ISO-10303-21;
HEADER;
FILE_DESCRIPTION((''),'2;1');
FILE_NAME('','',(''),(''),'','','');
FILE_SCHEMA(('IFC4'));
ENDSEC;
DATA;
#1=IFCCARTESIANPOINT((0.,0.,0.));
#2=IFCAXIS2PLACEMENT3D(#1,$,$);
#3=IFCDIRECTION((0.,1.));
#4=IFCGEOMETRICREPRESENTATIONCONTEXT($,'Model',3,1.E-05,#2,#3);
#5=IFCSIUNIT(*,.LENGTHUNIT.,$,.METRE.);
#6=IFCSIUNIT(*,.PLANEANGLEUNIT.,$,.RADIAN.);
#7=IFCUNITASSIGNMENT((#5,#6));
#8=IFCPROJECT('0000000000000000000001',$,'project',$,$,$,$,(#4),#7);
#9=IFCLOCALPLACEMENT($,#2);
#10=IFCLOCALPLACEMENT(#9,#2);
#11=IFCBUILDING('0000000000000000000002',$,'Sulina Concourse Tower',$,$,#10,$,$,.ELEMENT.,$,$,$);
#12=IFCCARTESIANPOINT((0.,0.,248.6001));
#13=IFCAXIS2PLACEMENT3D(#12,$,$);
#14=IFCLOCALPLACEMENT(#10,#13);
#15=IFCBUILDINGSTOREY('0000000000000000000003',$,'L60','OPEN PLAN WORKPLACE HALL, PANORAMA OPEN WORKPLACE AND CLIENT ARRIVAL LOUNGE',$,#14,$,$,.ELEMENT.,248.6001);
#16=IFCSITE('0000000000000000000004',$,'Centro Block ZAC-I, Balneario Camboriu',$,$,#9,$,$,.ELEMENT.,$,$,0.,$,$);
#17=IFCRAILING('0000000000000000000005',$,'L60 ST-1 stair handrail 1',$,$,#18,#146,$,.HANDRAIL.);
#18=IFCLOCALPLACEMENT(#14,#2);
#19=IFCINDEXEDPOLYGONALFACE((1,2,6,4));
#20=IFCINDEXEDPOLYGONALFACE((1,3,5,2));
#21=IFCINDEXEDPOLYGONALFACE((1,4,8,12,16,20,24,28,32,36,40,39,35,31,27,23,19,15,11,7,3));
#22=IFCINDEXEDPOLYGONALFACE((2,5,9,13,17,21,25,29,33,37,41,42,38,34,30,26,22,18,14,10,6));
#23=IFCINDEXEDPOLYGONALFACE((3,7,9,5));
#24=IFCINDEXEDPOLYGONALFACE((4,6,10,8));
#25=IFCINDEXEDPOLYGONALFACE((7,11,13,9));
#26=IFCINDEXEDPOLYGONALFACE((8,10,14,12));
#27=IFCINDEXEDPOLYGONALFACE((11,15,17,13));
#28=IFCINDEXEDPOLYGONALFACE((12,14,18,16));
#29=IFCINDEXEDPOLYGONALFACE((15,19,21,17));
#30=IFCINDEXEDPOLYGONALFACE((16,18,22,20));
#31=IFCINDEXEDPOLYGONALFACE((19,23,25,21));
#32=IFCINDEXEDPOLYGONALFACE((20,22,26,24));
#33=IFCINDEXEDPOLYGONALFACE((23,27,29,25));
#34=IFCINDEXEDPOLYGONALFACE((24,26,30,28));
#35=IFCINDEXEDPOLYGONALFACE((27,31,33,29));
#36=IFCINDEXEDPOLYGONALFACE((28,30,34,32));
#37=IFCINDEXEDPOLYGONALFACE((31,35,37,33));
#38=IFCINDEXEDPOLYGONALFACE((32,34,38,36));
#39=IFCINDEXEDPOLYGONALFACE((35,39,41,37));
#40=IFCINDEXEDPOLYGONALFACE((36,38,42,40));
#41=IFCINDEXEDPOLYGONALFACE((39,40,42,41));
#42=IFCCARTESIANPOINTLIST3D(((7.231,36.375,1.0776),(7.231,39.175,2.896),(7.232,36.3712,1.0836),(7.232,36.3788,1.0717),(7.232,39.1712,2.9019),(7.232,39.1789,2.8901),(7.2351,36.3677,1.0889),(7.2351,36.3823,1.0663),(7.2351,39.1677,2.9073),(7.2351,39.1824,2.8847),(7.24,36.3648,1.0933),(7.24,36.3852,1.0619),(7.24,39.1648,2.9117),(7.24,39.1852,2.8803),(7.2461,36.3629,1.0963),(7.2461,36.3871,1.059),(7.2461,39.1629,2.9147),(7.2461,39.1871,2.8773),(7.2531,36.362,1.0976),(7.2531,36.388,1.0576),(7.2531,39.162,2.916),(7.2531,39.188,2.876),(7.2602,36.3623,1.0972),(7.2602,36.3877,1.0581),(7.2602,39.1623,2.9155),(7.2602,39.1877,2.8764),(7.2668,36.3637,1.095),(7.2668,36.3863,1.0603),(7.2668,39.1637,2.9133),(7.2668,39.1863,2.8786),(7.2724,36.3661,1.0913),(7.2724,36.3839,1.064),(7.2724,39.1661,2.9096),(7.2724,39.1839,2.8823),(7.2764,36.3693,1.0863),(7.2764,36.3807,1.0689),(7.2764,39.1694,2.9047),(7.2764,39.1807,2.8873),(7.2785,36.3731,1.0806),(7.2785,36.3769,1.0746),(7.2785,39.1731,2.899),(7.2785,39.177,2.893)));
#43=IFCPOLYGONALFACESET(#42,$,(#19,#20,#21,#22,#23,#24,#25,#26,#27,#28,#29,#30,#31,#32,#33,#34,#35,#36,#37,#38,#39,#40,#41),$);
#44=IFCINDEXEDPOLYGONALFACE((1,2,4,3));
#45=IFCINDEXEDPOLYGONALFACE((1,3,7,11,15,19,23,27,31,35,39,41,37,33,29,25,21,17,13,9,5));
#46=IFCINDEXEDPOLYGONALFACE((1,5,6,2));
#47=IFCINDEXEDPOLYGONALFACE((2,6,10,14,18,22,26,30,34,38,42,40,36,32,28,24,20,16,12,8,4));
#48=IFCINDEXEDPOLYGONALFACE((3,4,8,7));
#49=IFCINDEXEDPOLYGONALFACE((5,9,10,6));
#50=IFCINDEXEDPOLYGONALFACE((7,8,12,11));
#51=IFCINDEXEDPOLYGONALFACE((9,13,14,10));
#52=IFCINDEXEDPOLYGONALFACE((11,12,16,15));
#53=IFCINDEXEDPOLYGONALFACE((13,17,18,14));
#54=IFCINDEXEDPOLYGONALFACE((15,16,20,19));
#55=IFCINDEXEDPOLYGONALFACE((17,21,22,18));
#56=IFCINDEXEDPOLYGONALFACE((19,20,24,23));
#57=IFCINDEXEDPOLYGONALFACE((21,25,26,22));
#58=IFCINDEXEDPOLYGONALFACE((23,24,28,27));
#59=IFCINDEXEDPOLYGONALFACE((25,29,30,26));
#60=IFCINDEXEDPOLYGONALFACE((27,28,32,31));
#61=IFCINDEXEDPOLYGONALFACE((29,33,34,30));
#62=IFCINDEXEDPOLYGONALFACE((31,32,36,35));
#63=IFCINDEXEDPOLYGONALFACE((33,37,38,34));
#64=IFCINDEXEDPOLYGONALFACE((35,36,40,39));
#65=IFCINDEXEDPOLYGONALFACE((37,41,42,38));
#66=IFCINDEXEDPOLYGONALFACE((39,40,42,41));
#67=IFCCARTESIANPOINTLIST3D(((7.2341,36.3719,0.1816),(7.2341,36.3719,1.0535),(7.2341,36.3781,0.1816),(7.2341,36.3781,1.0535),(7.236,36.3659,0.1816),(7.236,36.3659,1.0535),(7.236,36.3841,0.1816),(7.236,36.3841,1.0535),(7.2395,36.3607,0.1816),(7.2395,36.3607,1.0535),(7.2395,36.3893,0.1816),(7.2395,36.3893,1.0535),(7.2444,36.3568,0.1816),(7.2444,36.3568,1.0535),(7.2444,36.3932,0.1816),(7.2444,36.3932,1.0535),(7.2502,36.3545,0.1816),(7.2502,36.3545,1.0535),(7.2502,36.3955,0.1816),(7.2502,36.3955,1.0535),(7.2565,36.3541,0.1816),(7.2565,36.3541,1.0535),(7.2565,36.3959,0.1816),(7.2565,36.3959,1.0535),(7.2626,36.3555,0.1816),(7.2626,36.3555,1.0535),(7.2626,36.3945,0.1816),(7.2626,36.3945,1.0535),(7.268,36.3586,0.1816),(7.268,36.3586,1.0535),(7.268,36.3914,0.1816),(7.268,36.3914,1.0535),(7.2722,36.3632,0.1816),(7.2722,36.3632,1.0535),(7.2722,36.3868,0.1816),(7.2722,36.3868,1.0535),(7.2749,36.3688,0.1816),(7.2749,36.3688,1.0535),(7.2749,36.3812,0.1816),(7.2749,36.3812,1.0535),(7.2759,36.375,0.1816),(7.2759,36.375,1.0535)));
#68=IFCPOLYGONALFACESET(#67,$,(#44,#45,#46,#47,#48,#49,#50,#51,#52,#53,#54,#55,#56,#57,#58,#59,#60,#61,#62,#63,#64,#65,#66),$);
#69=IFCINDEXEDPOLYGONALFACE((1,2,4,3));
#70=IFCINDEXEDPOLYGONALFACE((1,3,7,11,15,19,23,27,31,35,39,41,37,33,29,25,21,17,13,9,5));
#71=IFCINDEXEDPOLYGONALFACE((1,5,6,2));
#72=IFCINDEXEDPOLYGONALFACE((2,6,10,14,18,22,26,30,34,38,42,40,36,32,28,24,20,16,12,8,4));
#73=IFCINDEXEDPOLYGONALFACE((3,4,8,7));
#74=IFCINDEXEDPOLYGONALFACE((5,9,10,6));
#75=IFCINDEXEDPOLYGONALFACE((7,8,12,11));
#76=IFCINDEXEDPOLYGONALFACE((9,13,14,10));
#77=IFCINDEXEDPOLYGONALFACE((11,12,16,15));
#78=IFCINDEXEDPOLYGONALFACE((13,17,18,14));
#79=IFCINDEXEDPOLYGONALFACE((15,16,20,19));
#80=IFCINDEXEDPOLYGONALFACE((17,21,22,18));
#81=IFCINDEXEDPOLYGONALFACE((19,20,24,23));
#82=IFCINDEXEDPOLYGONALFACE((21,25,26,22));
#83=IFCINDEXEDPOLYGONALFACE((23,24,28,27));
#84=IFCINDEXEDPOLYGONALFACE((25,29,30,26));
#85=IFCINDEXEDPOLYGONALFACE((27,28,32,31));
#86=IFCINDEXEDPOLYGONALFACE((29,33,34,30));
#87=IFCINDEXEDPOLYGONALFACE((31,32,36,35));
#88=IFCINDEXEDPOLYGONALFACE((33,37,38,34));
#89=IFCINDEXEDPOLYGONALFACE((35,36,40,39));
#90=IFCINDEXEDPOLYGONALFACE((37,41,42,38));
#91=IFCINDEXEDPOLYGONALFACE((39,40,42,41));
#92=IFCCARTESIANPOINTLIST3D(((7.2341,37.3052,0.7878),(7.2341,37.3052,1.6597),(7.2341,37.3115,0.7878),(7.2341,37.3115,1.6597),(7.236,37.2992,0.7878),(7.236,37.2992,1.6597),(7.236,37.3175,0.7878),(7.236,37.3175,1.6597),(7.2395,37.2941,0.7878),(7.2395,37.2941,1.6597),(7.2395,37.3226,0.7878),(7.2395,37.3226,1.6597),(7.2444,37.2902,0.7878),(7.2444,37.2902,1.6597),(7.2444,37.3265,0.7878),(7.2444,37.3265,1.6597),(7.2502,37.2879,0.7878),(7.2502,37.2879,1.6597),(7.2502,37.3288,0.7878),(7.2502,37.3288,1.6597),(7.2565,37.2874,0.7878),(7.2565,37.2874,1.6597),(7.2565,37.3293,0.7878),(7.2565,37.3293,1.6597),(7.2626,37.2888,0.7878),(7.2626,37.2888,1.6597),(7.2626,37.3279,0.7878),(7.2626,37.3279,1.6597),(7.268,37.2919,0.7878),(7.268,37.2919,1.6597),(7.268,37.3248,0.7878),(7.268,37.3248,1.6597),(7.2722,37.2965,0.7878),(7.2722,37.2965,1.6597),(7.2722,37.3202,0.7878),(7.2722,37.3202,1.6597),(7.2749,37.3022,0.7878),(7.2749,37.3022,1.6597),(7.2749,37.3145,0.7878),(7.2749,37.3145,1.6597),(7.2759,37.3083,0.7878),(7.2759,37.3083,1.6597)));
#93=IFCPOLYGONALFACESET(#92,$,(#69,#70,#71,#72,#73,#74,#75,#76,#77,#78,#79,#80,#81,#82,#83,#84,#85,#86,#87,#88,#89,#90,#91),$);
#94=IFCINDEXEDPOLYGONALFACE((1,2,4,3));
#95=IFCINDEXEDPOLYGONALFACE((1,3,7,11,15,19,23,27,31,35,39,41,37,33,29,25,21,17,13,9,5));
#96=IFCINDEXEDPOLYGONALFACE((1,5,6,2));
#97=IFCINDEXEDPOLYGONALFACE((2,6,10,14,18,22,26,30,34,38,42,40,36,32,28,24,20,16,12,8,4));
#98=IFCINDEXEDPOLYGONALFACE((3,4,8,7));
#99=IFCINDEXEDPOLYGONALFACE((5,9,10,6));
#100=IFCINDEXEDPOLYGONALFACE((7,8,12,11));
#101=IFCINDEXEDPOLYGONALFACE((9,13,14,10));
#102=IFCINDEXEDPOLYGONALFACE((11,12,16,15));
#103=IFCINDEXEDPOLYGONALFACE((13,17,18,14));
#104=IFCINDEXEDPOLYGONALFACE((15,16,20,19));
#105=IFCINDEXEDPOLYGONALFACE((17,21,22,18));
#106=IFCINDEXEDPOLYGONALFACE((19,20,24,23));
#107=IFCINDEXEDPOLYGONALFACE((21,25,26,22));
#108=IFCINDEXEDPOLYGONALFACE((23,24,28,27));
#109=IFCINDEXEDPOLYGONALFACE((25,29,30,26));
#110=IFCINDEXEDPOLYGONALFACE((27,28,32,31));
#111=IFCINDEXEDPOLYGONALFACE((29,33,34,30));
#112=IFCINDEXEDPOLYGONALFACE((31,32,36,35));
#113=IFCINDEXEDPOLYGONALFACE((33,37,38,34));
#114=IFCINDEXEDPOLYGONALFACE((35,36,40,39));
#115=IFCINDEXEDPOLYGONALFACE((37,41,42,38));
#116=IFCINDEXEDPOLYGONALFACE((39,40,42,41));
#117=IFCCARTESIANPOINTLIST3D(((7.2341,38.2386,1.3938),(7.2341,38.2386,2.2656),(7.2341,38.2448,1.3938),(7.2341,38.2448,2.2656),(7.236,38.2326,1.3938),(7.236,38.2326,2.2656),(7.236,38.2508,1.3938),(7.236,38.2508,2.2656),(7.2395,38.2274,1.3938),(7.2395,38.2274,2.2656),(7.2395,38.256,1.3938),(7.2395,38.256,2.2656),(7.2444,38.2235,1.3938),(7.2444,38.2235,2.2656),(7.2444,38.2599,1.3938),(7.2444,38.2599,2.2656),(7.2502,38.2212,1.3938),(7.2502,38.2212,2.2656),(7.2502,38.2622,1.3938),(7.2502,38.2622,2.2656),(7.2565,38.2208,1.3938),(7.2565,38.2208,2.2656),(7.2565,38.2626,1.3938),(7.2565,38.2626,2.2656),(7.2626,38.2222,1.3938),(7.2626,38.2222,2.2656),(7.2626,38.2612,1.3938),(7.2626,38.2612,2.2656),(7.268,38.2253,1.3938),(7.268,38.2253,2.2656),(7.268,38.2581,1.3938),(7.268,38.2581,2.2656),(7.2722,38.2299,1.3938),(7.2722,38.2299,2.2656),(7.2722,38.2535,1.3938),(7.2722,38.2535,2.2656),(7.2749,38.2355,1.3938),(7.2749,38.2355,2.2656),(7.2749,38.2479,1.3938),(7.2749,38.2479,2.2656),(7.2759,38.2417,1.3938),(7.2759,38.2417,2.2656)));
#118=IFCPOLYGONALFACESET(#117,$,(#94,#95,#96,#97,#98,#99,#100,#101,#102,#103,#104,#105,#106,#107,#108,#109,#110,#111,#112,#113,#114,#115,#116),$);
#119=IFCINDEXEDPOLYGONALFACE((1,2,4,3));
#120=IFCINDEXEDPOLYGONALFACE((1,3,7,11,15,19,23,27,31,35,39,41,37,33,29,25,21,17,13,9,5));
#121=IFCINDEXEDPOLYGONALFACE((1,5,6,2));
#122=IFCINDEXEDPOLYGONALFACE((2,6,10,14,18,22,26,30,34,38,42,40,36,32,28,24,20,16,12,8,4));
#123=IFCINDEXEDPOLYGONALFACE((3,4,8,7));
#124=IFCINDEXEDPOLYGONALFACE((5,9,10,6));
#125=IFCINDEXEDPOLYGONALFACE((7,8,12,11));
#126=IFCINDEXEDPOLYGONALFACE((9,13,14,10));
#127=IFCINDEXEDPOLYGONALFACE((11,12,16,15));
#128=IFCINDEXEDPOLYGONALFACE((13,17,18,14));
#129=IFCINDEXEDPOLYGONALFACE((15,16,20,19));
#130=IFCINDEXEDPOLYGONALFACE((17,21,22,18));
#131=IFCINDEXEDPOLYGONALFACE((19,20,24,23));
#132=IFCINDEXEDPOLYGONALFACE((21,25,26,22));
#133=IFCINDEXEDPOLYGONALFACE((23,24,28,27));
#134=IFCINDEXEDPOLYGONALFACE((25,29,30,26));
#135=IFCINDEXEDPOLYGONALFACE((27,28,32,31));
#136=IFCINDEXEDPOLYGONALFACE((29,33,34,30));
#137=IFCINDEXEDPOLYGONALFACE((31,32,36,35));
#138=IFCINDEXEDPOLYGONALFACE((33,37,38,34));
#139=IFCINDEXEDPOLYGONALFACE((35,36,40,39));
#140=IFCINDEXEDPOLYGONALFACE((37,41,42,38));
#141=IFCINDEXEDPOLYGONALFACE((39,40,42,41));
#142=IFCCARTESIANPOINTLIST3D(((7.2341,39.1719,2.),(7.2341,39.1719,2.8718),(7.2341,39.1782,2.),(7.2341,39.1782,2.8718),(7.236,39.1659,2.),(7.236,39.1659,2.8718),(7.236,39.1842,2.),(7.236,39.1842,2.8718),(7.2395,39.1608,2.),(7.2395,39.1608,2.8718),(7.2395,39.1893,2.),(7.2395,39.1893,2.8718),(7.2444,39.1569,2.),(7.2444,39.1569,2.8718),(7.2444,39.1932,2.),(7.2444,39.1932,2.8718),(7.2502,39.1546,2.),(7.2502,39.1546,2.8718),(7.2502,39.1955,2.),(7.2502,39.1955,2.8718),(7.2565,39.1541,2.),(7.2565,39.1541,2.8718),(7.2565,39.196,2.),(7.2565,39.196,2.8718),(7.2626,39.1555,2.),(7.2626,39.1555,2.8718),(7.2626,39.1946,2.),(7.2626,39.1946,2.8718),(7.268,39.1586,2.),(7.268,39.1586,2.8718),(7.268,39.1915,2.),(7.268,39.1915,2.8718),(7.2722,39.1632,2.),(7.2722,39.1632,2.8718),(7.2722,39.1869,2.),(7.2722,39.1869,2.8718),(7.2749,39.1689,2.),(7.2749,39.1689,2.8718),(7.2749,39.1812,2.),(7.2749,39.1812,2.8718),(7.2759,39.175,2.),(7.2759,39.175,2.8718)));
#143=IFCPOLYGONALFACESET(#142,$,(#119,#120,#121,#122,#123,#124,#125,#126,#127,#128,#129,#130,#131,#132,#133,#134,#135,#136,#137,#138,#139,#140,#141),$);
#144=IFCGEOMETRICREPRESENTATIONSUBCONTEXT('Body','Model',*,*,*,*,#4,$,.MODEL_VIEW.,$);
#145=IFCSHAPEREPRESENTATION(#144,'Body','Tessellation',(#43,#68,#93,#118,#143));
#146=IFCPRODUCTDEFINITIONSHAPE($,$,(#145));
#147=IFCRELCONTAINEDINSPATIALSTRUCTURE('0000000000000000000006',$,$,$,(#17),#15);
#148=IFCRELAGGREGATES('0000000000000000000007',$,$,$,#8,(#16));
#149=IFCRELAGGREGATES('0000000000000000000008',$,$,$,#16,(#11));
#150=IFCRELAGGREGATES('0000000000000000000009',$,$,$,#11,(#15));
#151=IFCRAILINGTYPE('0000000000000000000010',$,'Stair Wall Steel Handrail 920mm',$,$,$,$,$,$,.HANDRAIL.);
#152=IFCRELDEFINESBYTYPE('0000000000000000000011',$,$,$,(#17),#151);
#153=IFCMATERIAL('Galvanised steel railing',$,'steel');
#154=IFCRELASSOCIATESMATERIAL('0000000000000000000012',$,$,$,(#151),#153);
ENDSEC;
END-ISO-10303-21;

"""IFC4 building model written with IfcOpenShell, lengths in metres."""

from ifc_helpers import new_model, si_unit, direction, frame, origin, origin_2d, place, context, subcontext, project, spatial, circle, extrude, material, type_object, element, save


model = new_model("IFC4")

# Units and contexts
model_context = context("Model", 3, precision=1e-05, world=origin(), true_north=direction((0.0, 1.0)))
body_context = subcontext(model_context, "Body", "Model", "MODEL_VIEW")
ifc_project = project(units=[si_unit("LENGTHUNIT", "METRE"), si_unit("PLANEANGLEUNIT", "RADIAN")], contexts=[model_context])

# Site, building, storey
site_placement = place(None, origin())
site = spatial("IfcSite", under=ifc_project, at=site_placement, Name="Centro Block ZAC-I, Balneario Camboriu", CompositionType="ELEMENT", RefElevation=0.0)
building_placement = place(site_placement, origin())
building = spatial("IfcBuilding", under=site, at=building_placement, Name="Sulina Concourse Tower", CompositionType="ELEMENT")
storey_placement = place(building_placement, frame((0.0, 0.0, 248.6001)))
storey = spatial("IfcBuildingStorey", under=building, at=storey_placement, Name="L60", Description="OPEN PLAN WORKPLACE HALL, PANORAMA OPEN WORKPLACE AND CLIENT ARRIVAL LOUNGE", CompositionType="ELEMENT", Elevation=248.6001)

# Railing
ifc_material_1 = material(Name="Galvanised steel railing", Category="steel")
railing_type_1 = type_object("IfcRailingType", Name="Stair Wall Steel Handrail 920mm", PredefinedType="HANDRAIL", material=ifc_material_1)
railing_1_placement = place(storey_placement, frame((7.2549, 36.375, 0.1816)))
element("IfcRailing", 1, at=railing_1_placement, inside=storey, type_object=railing_type_1, Name="L60 ST-1 stair handrail 1", PredefinedType="HANDRAIL", context=body_context, shape_type="SweptSolid", body=[
    extrude(circle(Radius=0.0239, at=origin_2d()), frame((0.0, 0.0, 0.896), z_axis=(0.0, 0.838672, 0.544636), x_axis=(-1.0, 0.0, 0.0)), (0.0, 0.0, 1.0), 3.3386),
    extrude(circle(Radius=0.021, at=origin_2d()), origin(), (0.0, 0.0, 1.0), 0.8718),
    extrude(circle(Radius=0.021, at=origin_2d()), frame((0.0, 0.9333, 0.6062)), (0.0, 0.0, 1.0), 0.8718),
    extrude(circle(Radius=0.021, at=origin_2d()), frame((0.0, 1.8667, 1.2122)), (0.0, 0.0, 1.0), 0.8718),
    extrude(circle(Radius=0.021, at=origin_2d()), frame((0.0, 2.8, 1.8184)), (0.0, 0.0, 1.0), 0.8718),
])

save(model, "model.ifc")
